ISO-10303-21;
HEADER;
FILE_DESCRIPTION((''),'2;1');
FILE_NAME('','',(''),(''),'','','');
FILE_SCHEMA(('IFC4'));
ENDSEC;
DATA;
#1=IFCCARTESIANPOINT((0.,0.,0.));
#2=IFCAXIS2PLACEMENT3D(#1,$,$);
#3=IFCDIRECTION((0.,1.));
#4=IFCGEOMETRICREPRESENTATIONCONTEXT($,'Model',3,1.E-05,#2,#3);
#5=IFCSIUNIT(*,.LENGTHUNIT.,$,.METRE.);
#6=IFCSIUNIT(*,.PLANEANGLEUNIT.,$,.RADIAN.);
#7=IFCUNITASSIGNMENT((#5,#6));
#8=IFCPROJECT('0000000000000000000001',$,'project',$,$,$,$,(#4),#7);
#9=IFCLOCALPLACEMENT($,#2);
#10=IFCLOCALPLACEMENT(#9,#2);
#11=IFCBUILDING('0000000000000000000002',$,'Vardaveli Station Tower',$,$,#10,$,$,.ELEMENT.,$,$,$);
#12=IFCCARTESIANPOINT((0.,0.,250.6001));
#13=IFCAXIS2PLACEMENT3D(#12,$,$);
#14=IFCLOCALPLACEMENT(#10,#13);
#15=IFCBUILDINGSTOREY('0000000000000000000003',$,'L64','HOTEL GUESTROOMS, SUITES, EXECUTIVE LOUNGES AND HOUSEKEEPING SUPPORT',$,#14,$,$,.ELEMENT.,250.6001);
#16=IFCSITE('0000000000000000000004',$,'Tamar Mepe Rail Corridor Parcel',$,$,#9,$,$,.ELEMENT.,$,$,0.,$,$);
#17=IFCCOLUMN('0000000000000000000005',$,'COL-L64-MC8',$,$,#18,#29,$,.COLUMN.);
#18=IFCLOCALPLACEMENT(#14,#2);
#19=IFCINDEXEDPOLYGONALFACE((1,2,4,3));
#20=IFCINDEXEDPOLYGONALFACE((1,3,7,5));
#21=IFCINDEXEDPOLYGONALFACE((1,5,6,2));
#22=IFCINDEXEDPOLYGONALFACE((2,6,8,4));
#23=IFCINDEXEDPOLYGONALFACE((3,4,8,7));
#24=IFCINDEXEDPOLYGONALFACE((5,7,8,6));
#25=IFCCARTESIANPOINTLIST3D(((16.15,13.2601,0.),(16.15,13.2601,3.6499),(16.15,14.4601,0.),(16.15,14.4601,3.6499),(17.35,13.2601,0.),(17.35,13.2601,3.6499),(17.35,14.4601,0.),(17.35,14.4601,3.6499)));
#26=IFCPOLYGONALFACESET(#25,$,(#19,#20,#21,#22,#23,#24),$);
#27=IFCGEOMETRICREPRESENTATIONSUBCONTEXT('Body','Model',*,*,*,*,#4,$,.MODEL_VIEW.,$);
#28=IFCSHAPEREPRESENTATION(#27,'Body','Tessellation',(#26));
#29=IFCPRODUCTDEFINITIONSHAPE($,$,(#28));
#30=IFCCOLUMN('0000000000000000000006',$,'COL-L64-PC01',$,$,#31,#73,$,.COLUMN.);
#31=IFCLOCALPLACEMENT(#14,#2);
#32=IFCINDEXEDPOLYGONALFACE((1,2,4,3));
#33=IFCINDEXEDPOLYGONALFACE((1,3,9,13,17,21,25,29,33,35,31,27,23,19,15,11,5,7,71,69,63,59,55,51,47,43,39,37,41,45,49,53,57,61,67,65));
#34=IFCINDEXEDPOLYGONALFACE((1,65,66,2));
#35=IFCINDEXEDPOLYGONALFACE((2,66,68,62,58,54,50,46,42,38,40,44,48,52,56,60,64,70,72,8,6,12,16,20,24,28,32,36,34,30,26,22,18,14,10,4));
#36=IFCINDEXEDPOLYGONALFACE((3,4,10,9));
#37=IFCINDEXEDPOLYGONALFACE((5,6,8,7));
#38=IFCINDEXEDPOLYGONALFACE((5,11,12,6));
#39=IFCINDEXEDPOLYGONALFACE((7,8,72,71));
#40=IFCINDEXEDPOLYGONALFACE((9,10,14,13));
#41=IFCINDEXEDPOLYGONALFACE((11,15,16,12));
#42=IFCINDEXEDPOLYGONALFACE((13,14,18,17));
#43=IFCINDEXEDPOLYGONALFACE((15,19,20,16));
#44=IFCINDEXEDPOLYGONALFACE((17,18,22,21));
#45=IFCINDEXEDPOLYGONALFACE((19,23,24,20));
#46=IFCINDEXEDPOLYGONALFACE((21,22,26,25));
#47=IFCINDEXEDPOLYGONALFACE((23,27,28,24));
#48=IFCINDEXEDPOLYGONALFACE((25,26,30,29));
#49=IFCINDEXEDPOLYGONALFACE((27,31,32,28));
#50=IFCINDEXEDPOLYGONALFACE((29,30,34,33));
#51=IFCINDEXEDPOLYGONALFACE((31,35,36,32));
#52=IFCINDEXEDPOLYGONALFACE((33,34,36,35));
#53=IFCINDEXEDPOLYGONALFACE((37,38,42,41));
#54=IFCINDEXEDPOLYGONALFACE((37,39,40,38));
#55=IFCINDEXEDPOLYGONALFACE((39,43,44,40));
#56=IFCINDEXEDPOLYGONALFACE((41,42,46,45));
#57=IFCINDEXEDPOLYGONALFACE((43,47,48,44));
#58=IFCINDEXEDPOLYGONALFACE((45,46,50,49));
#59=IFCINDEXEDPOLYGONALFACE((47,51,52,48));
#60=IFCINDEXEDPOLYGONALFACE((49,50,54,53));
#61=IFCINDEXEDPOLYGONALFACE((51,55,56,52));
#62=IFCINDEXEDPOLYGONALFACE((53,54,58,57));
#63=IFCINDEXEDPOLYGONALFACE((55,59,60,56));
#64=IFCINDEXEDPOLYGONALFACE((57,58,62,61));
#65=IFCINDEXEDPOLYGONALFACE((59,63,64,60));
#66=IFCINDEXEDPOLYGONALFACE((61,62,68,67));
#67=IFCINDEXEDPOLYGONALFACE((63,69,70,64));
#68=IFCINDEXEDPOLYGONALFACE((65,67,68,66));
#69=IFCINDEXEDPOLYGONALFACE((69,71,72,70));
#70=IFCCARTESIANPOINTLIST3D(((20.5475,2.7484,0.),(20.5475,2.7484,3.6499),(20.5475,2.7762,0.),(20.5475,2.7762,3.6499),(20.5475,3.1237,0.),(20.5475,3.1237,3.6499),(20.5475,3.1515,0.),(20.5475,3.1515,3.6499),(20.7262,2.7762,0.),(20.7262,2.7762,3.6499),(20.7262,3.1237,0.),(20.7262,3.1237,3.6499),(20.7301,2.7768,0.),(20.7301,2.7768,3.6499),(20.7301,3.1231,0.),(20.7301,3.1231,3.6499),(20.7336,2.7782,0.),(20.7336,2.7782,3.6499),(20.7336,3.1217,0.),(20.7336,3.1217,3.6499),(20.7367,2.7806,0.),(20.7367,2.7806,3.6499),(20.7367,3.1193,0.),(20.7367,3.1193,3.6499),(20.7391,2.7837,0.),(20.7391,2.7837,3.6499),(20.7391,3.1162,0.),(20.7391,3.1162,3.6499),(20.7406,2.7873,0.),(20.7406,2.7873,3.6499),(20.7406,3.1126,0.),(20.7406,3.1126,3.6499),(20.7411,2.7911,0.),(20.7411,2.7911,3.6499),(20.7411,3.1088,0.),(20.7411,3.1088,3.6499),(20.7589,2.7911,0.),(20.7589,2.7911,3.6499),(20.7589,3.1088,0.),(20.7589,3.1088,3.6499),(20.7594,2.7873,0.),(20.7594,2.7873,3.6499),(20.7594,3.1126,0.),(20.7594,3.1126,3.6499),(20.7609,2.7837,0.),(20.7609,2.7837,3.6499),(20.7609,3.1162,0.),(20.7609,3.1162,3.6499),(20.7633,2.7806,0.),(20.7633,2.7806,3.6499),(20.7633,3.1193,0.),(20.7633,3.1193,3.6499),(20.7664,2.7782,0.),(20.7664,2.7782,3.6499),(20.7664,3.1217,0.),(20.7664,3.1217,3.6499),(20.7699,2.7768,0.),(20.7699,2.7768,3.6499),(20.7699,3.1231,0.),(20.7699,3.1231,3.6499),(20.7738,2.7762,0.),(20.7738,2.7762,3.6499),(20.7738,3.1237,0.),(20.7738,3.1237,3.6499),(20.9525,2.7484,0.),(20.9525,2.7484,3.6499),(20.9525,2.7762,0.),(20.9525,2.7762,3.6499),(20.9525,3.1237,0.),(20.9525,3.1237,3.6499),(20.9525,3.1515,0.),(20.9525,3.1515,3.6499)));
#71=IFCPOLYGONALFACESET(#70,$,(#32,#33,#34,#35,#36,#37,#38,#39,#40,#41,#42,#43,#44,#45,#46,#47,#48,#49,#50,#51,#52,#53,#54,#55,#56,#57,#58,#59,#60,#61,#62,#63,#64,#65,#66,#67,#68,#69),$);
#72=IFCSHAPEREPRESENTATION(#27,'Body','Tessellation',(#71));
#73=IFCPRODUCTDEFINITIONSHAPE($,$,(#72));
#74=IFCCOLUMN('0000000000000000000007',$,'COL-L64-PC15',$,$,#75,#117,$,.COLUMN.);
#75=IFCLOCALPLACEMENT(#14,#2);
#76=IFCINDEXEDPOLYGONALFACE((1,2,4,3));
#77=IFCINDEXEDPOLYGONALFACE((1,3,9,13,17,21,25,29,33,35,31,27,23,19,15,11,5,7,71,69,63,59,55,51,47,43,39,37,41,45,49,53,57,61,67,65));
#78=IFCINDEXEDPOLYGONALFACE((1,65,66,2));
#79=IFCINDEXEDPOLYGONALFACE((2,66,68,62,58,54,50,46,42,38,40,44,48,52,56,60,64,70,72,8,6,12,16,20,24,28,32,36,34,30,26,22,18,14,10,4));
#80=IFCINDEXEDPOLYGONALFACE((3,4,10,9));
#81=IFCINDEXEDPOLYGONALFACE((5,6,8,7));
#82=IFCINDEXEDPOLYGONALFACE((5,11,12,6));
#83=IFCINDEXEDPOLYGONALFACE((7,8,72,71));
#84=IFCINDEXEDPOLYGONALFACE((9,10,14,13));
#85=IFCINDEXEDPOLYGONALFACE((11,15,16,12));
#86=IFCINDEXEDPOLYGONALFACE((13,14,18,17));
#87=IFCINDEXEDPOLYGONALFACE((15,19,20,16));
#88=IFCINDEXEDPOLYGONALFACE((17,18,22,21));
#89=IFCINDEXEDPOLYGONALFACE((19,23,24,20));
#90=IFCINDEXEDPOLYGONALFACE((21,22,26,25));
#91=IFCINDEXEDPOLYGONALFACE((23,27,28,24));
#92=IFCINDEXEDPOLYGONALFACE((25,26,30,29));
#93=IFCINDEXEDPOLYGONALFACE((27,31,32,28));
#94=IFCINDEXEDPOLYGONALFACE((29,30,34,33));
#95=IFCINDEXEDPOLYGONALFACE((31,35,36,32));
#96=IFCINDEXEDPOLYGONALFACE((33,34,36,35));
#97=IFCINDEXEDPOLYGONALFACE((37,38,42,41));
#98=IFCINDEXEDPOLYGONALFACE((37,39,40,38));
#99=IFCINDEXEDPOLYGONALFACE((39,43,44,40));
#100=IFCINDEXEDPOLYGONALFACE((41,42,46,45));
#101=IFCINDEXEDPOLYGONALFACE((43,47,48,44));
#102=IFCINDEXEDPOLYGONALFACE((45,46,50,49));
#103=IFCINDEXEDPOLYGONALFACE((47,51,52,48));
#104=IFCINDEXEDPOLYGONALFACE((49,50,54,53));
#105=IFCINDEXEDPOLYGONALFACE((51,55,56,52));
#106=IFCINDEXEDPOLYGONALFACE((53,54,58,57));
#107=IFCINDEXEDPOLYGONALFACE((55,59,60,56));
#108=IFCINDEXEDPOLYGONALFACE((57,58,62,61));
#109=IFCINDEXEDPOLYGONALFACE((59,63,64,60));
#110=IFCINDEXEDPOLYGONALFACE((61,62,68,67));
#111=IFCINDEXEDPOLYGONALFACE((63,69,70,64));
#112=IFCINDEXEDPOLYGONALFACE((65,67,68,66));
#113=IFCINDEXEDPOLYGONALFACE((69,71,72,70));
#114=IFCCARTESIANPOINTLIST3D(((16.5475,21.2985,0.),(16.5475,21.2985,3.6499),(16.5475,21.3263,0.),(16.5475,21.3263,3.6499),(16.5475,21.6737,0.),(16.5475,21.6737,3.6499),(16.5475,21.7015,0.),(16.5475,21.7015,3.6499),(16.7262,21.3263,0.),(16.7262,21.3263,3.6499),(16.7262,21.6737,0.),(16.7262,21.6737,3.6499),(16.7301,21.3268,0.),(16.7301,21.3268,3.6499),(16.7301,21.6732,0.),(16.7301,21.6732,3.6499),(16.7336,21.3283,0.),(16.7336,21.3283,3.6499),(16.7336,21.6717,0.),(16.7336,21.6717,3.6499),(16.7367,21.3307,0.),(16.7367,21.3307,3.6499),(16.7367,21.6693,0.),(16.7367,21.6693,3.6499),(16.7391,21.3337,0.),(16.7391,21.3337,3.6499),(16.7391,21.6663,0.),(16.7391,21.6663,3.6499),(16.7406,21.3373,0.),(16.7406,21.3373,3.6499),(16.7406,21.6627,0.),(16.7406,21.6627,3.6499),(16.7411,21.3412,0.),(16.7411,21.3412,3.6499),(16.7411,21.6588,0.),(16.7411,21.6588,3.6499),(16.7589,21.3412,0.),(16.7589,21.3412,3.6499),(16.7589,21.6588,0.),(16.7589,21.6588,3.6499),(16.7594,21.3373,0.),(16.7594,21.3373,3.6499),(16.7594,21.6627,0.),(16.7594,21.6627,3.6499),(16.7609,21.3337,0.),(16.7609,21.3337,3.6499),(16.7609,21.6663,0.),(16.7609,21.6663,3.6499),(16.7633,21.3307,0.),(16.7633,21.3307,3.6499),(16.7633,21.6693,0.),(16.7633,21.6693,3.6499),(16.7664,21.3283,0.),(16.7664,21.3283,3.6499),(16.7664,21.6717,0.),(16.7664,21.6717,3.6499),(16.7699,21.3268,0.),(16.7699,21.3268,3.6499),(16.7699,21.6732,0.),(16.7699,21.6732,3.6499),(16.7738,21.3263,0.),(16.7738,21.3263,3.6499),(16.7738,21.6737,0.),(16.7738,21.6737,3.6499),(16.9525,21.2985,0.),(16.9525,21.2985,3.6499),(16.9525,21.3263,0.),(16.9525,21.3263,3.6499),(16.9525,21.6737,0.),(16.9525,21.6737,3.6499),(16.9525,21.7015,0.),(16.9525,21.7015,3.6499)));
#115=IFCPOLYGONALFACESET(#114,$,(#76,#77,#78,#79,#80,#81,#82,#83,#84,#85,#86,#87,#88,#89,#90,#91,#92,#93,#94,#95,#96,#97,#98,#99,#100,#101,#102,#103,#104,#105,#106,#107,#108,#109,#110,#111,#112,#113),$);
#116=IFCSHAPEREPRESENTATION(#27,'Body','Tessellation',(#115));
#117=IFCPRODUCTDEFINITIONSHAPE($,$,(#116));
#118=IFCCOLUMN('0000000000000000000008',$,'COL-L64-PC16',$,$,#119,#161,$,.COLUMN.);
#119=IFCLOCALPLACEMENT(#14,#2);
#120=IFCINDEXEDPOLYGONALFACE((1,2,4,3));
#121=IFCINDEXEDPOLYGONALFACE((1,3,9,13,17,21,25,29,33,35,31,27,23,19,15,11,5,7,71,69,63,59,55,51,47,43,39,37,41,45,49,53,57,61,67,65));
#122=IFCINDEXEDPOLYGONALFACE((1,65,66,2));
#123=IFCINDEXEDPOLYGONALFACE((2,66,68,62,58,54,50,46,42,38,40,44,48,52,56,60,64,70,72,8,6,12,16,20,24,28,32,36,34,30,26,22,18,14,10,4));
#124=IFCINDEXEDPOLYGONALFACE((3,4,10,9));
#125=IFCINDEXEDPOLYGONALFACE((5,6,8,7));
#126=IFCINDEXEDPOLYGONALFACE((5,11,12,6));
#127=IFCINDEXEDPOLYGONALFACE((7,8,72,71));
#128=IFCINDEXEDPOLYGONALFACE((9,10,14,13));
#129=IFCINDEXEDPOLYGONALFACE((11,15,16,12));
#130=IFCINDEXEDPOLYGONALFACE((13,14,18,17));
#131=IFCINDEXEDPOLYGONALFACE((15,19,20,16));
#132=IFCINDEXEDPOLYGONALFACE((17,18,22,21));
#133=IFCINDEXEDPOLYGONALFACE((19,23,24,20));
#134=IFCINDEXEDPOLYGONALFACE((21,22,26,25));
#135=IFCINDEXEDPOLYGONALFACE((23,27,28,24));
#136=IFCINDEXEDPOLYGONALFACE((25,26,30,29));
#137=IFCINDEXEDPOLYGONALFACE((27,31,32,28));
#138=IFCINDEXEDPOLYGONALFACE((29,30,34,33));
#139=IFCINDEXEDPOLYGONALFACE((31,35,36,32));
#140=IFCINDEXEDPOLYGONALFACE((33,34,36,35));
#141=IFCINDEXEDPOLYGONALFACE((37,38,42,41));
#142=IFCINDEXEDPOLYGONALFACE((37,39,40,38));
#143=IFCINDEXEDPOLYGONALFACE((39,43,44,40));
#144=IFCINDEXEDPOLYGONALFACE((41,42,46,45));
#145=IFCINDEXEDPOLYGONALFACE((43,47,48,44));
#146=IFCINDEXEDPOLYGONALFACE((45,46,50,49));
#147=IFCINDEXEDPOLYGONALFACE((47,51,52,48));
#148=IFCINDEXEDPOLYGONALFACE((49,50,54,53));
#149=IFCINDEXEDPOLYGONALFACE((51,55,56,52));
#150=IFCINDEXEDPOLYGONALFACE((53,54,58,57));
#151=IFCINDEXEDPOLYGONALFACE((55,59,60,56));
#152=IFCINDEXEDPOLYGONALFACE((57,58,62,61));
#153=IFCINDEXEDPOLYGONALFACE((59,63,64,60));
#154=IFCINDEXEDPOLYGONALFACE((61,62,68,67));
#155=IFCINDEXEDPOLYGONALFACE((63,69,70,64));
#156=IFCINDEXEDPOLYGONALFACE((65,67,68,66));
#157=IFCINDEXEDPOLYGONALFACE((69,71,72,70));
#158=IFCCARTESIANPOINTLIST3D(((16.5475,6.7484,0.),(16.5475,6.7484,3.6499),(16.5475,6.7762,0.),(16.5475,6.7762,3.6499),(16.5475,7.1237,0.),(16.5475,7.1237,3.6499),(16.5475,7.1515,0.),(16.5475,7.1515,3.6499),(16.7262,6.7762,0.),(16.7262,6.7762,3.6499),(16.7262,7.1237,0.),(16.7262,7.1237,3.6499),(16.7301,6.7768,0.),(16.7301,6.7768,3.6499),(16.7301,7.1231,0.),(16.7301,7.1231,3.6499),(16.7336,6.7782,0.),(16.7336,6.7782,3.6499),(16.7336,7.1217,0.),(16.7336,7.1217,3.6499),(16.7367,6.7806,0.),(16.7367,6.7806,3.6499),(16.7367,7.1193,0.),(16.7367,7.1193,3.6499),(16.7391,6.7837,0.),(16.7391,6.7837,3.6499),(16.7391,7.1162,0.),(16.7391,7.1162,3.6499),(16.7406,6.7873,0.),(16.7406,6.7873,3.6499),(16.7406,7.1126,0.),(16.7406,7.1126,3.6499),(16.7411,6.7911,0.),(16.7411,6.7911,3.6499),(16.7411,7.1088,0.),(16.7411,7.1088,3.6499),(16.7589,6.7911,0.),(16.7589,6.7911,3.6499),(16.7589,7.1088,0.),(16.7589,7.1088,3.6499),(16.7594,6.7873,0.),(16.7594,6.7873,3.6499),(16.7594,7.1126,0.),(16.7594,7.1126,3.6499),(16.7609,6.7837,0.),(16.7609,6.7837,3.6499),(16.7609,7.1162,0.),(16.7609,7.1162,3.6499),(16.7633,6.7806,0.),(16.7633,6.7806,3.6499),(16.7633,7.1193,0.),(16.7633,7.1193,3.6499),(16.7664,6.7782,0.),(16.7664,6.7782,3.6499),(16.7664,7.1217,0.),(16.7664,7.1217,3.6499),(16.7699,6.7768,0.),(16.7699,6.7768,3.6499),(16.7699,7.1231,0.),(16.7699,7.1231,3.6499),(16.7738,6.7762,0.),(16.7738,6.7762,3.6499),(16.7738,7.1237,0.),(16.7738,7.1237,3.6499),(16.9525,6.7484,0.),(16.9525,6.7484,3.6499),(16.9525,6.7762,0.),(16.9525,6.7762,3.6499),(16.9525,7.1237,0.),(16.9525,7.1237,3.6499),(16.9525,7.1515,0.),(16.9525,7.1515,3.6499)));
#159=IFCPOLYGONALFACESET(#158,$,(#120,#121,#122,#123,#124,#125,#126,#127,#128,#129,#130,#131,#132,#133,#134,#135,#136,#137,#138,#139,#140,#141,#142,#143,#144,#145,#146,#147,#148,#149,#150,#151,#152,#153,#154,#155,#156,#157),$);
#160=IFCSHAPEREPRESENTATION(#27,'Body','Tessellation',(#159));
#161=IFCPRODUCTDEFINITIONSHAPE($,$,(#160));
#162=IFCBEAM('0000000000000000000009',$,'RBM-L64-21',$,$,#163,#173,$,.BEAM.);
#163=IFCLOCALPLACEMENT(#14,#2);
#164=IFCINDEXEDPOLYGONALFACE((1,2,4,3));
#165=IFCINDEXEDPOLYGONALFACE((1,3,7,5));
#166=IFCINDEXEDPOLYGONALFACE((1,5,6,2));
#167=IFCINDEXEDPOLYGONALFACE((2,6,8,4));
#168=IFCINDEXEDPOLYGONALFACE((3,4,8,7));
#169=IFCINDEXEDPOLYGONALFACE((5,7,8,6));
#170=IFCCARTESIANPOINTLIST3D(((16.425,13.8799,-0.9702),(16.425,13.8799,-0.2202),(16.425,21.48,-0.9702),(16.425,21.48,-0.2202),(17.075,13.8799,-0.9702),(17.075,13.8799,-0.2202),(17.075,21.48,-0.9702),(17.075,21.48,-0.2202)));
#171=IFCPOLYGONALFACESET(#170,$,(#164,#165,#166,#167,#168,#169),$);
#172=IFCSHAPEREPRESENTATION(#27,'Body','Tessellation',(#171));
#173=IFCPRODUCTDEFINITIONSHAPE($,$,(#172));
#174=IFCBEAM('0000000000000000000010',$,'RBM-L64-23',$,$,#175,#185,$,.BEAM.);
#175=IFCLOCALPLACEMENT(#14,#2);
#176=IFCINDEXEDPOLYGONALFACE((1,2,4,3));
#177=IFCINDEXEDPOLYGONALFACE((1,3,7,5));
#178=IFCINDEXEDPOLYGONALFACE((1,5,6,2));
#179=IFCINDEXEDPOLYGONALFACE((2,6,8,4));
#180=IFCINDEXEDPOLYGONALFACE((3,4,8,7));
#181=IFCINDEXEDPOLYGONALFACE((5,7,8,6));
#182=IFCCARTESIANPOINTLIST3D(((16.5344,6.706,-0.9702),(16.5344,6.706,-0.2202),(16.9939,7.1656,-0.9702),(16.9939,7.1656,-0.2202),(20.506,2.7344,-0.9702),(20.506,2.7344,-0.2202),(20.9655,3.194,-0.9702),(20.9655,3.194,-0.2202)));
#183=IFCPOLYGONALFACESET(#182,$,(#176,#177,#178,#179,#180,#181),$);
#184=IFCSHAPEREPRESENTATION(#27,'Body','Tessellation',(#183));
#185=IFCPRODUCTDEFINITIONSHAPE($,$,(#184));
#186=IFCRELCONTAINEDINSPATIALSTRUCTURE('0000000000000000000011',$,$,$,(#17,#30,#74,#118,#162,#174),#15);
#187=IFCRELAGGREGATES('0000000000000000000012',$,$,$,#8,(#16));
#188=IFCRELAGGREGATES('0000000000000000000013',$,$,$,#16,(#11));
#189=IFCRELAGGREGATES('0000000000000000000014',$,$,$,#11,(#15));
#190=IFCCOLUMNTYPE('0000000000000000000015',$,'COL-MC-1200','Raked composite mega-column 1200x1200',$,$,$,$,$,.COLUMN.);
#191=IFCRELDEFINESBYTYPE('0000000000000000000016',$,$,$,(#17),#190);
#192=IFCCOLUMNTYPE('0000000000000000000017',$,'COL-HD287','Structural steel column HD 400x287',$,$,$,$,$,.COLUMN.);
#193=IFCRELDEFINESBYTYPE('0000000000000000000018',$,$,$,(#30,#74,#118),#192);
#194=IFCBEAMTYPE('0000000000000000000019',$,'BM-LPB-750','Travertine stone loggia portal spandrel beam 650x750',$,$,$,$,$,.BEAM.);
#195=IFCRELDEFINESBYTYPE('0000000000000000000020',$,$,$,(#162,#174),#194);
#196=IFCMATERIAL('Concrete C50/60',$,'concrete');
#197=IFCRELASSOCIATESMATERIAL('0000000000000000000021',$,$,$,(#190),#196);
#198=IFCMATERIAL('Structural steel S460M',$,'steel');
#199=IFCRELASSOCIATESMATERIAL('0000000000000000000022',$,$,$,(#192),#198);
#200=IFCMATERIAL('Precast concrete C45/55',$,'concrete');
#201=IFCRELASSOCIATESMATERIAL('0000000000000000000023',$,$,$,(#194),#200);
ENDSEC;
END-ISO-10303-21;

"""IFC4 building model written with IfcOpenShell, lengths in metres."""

from ifc_helpers import new_model, si_unit, direction, frame, origin, origin_2d, place, context, subcontext, project, spatial, rectangle, i_section, extrude, source, transform, mapped, material, material_profile, profile_set, type_object, element, save


model = new_model("IFC4")

# Units and contexts
model_context = context("Model", 3, precision=1e-05, world=origin(), true_north=direction((0.0, 1.0)))
body_context = subcontext(model_context, "Body", "Model", "MODEL_VIEW")
ifc_project = project(units=[si_unit("LENGTHUNIT", "METRE"), si_unit("PLANEANGLEUNIT", "RADIAN")], contexts=[model_context])

# Site, building, storey
site_placement = place(None, origin())
site = spatial("IfcSite", under=ifc_project, at=site_placement, Name="Tamar Mepe Rail Corridor Parcel", CompositionType="ELEMENT", RefElevation=0.0)
building_placement = place(site_placement, origin())
building = spatial("IfcBuilding", under=site, at=building_placement, Name="Vardaveli Station Tower", CompositionType="ELEMENT")
storey_placement = place(building_placement, frame((0.0, 0.0, 250.6001)))
storey = spatial("IfcBuildingStorey", under=building, at=storey_placement, Name="L64", Description="HOTEL GUESTROOMS, SUITES, EXECUTIVE LOUNGES AND HOUSEKEEPING SUPPORT", CompositionType="ELEMENT", Elevation=250.6001)

# Columns
ifc_material_1 = material(Name="Concrete C50/60", Category="concrete")
ifc_material_profile_1 = material_profile(ifc_material_1, rectangle(XDim=1.2, YDim=1.2, at=origin_2d()), Name="MC 1200x1200")
ifc_profile_set_1 = profile_set([ifc_material_profile_1], Name="Concrete C50/60")
column_type_1 = type_object("IfcColumnType", Name="COL-MC-1200", Description="Raked composite mega-column 1200x1200", PredefinedType="COLUMN", material=ifc_profile_set_1)
shared_shape_1 = source(origin(), body_context, "Body", "SweptSolid", [
    extrude(rectangle(XDim=1.2, YDim=1.2, at=origin_2d()), origin(), (0.0, 0.0, 1.0), 3.6499),
])
column_placement = place(storey_placement, frame((16.75, 13.8601, 0.0), z_axis=(0.0, 0.0, 1.0), x_axis=(1.0, 0.0, 0.0)))
element("IfcColumn", 1, at=column_placement, inside=storey, type_object=column_type_1, Name="COL-L64-MC8", PredefinedType="COLUMN", context=body_context, shape_type="MappedRepresentation", body=[
    mapped(shared_shape_1, transform((0.0, 0.0, 0.0), scale=1.0)),
])
ifc_material_2 = material(Name="Structural steel S460M", Category="steel")
ifc_material_profile_2 = material_profile(ifc_material_2, i_section(OverallWidth=0.405, OverallDepth=0.4031, WebThickness=0.0178, FlangeThickness=0.0278, FilletRadius=0.0149, at=origin_2d()), Name="HD 400x287")
ifc_profile_set_2 = profile_set([ifc_material_profile_2], Name="Structural steel S460M")
column_type_2 = type_object("IfcColumnType", Name="COL-HD287", Description="Structural steel column HD 400x287", PredefinedType="COLUMN", material=ifc_profile_set_2)
shared_shape_2 = source(origin(), body_context, "Body", "SweptSolid", [
    extrude(i_section(OverallWidth=0.405, OverallDepth=0.4031, WebThickness=0.0178, FlangeThickness=0.0278, FilletRadius=0.0149, at=origin_2d()), origin(), (0.0, 0.0, 1.0), 3.6499),
])
for number, where, z_axis, x_axis, name in (
    (2, (20.75, 2.95, 0.0), (0.0, 0.0, 1.0), (1.0, 0.0, 0.0), "COL-L64-PC01"),
    (3, (16.75, 21.5, 0.0), (0.0, 0.0, 1.0), (1.0, 0.0, 0.0), "COL-L64-PC15"),
    (4, (16.75, 6.95, 0.0), (0.0, 0.0, 1.0), (1.0, 0.0, 0.0), "COL-L64-PC16"),
):
    element("IfcColumn", number, at=place(storey_placement, frame(where, z_axis=z_axis, x_axis=x_axis)), inside=storey, type_object=column_type_2, Name=name, PredefinedType="COLUMN", context=body_context, shape_type="MappedRepresentation", body=[
        mapped(shared_shape_2, transform((0.0, 0.0, 0.0), scale=1.0)),
    ])

# Beams
ifc_material_3 = material(Name="Precast concrete C45/55", Category="concrete")
ifc_material_profile_3 = material_profile(ifc_material_3, rectangle(XDim=0.6499, YDim=0.75, at=origin_2d()), Name="LPB 650x750")
ifc_profile_set_3 = profile_set([ifc_material_profile_3], Name="Precast concrete C45/55")
beam_type_1 = type_object("IfcBeamType", Name="BM-LPB-750", Description="Travertine stone loggia portal spandrel beam 650x750", PredefinedType="BEAM", material=ifc_profile_set_3)
shared_shape_3 = source(origin(), body_context, "Body", "SweptSolid", [
    extrude(rectangle(XDim=0.6499, YDim=0.75, at=origin_2d()), origin(), (0.0, 0.0, 1.0), 7.6001),
])
beam_1_placement = place(storey_placement, frame((16.75, 21.48, -0.5952), z_axis=(0.0, -1.0, 0.0), x_axis=(1.0, 0.0, 0.0)))
element("IfcBeam", 5, at=beam_1_placement, inside=storey, type_object=beam_type_1, Name="RBM-L64-21", PredefinedType="BEAM", context=body_context, shape_type="MappedRepresentation", body=[
    mapped(shared_shape_3, transform((0.0, 0.0, 0.0), scale=1.0)),
])
shared_shape_4 = source(origin(), body_context, "Body", "SweptSolid", [
    extrude(rectangle(XDim=0.6499, YDim=0.75, at=origin_2d()), origin(), (0.0, 0.0, 1.0), 5.6167),
])
beam_2_placement = place(storey_placement, frame((16.7642, 6.9358, -0.5952), z_axis=(0.707107, -0.707107, 0.0), x_axis=(0.707107, 0.707107, 0.0)))
element("IfcBeam", 6, at=beam_2_placement, inside=storey, type_object=beam_type_1, Name="RBM-L64-23", PredefinedType="BEAM", context=body_context, shape_type="MappedRepresentation", body=[
    mapped(shared_shape_4, transform((0.0, 0.0, 0.0), scale=1.0)),
])

save(model, "model.ifc")
